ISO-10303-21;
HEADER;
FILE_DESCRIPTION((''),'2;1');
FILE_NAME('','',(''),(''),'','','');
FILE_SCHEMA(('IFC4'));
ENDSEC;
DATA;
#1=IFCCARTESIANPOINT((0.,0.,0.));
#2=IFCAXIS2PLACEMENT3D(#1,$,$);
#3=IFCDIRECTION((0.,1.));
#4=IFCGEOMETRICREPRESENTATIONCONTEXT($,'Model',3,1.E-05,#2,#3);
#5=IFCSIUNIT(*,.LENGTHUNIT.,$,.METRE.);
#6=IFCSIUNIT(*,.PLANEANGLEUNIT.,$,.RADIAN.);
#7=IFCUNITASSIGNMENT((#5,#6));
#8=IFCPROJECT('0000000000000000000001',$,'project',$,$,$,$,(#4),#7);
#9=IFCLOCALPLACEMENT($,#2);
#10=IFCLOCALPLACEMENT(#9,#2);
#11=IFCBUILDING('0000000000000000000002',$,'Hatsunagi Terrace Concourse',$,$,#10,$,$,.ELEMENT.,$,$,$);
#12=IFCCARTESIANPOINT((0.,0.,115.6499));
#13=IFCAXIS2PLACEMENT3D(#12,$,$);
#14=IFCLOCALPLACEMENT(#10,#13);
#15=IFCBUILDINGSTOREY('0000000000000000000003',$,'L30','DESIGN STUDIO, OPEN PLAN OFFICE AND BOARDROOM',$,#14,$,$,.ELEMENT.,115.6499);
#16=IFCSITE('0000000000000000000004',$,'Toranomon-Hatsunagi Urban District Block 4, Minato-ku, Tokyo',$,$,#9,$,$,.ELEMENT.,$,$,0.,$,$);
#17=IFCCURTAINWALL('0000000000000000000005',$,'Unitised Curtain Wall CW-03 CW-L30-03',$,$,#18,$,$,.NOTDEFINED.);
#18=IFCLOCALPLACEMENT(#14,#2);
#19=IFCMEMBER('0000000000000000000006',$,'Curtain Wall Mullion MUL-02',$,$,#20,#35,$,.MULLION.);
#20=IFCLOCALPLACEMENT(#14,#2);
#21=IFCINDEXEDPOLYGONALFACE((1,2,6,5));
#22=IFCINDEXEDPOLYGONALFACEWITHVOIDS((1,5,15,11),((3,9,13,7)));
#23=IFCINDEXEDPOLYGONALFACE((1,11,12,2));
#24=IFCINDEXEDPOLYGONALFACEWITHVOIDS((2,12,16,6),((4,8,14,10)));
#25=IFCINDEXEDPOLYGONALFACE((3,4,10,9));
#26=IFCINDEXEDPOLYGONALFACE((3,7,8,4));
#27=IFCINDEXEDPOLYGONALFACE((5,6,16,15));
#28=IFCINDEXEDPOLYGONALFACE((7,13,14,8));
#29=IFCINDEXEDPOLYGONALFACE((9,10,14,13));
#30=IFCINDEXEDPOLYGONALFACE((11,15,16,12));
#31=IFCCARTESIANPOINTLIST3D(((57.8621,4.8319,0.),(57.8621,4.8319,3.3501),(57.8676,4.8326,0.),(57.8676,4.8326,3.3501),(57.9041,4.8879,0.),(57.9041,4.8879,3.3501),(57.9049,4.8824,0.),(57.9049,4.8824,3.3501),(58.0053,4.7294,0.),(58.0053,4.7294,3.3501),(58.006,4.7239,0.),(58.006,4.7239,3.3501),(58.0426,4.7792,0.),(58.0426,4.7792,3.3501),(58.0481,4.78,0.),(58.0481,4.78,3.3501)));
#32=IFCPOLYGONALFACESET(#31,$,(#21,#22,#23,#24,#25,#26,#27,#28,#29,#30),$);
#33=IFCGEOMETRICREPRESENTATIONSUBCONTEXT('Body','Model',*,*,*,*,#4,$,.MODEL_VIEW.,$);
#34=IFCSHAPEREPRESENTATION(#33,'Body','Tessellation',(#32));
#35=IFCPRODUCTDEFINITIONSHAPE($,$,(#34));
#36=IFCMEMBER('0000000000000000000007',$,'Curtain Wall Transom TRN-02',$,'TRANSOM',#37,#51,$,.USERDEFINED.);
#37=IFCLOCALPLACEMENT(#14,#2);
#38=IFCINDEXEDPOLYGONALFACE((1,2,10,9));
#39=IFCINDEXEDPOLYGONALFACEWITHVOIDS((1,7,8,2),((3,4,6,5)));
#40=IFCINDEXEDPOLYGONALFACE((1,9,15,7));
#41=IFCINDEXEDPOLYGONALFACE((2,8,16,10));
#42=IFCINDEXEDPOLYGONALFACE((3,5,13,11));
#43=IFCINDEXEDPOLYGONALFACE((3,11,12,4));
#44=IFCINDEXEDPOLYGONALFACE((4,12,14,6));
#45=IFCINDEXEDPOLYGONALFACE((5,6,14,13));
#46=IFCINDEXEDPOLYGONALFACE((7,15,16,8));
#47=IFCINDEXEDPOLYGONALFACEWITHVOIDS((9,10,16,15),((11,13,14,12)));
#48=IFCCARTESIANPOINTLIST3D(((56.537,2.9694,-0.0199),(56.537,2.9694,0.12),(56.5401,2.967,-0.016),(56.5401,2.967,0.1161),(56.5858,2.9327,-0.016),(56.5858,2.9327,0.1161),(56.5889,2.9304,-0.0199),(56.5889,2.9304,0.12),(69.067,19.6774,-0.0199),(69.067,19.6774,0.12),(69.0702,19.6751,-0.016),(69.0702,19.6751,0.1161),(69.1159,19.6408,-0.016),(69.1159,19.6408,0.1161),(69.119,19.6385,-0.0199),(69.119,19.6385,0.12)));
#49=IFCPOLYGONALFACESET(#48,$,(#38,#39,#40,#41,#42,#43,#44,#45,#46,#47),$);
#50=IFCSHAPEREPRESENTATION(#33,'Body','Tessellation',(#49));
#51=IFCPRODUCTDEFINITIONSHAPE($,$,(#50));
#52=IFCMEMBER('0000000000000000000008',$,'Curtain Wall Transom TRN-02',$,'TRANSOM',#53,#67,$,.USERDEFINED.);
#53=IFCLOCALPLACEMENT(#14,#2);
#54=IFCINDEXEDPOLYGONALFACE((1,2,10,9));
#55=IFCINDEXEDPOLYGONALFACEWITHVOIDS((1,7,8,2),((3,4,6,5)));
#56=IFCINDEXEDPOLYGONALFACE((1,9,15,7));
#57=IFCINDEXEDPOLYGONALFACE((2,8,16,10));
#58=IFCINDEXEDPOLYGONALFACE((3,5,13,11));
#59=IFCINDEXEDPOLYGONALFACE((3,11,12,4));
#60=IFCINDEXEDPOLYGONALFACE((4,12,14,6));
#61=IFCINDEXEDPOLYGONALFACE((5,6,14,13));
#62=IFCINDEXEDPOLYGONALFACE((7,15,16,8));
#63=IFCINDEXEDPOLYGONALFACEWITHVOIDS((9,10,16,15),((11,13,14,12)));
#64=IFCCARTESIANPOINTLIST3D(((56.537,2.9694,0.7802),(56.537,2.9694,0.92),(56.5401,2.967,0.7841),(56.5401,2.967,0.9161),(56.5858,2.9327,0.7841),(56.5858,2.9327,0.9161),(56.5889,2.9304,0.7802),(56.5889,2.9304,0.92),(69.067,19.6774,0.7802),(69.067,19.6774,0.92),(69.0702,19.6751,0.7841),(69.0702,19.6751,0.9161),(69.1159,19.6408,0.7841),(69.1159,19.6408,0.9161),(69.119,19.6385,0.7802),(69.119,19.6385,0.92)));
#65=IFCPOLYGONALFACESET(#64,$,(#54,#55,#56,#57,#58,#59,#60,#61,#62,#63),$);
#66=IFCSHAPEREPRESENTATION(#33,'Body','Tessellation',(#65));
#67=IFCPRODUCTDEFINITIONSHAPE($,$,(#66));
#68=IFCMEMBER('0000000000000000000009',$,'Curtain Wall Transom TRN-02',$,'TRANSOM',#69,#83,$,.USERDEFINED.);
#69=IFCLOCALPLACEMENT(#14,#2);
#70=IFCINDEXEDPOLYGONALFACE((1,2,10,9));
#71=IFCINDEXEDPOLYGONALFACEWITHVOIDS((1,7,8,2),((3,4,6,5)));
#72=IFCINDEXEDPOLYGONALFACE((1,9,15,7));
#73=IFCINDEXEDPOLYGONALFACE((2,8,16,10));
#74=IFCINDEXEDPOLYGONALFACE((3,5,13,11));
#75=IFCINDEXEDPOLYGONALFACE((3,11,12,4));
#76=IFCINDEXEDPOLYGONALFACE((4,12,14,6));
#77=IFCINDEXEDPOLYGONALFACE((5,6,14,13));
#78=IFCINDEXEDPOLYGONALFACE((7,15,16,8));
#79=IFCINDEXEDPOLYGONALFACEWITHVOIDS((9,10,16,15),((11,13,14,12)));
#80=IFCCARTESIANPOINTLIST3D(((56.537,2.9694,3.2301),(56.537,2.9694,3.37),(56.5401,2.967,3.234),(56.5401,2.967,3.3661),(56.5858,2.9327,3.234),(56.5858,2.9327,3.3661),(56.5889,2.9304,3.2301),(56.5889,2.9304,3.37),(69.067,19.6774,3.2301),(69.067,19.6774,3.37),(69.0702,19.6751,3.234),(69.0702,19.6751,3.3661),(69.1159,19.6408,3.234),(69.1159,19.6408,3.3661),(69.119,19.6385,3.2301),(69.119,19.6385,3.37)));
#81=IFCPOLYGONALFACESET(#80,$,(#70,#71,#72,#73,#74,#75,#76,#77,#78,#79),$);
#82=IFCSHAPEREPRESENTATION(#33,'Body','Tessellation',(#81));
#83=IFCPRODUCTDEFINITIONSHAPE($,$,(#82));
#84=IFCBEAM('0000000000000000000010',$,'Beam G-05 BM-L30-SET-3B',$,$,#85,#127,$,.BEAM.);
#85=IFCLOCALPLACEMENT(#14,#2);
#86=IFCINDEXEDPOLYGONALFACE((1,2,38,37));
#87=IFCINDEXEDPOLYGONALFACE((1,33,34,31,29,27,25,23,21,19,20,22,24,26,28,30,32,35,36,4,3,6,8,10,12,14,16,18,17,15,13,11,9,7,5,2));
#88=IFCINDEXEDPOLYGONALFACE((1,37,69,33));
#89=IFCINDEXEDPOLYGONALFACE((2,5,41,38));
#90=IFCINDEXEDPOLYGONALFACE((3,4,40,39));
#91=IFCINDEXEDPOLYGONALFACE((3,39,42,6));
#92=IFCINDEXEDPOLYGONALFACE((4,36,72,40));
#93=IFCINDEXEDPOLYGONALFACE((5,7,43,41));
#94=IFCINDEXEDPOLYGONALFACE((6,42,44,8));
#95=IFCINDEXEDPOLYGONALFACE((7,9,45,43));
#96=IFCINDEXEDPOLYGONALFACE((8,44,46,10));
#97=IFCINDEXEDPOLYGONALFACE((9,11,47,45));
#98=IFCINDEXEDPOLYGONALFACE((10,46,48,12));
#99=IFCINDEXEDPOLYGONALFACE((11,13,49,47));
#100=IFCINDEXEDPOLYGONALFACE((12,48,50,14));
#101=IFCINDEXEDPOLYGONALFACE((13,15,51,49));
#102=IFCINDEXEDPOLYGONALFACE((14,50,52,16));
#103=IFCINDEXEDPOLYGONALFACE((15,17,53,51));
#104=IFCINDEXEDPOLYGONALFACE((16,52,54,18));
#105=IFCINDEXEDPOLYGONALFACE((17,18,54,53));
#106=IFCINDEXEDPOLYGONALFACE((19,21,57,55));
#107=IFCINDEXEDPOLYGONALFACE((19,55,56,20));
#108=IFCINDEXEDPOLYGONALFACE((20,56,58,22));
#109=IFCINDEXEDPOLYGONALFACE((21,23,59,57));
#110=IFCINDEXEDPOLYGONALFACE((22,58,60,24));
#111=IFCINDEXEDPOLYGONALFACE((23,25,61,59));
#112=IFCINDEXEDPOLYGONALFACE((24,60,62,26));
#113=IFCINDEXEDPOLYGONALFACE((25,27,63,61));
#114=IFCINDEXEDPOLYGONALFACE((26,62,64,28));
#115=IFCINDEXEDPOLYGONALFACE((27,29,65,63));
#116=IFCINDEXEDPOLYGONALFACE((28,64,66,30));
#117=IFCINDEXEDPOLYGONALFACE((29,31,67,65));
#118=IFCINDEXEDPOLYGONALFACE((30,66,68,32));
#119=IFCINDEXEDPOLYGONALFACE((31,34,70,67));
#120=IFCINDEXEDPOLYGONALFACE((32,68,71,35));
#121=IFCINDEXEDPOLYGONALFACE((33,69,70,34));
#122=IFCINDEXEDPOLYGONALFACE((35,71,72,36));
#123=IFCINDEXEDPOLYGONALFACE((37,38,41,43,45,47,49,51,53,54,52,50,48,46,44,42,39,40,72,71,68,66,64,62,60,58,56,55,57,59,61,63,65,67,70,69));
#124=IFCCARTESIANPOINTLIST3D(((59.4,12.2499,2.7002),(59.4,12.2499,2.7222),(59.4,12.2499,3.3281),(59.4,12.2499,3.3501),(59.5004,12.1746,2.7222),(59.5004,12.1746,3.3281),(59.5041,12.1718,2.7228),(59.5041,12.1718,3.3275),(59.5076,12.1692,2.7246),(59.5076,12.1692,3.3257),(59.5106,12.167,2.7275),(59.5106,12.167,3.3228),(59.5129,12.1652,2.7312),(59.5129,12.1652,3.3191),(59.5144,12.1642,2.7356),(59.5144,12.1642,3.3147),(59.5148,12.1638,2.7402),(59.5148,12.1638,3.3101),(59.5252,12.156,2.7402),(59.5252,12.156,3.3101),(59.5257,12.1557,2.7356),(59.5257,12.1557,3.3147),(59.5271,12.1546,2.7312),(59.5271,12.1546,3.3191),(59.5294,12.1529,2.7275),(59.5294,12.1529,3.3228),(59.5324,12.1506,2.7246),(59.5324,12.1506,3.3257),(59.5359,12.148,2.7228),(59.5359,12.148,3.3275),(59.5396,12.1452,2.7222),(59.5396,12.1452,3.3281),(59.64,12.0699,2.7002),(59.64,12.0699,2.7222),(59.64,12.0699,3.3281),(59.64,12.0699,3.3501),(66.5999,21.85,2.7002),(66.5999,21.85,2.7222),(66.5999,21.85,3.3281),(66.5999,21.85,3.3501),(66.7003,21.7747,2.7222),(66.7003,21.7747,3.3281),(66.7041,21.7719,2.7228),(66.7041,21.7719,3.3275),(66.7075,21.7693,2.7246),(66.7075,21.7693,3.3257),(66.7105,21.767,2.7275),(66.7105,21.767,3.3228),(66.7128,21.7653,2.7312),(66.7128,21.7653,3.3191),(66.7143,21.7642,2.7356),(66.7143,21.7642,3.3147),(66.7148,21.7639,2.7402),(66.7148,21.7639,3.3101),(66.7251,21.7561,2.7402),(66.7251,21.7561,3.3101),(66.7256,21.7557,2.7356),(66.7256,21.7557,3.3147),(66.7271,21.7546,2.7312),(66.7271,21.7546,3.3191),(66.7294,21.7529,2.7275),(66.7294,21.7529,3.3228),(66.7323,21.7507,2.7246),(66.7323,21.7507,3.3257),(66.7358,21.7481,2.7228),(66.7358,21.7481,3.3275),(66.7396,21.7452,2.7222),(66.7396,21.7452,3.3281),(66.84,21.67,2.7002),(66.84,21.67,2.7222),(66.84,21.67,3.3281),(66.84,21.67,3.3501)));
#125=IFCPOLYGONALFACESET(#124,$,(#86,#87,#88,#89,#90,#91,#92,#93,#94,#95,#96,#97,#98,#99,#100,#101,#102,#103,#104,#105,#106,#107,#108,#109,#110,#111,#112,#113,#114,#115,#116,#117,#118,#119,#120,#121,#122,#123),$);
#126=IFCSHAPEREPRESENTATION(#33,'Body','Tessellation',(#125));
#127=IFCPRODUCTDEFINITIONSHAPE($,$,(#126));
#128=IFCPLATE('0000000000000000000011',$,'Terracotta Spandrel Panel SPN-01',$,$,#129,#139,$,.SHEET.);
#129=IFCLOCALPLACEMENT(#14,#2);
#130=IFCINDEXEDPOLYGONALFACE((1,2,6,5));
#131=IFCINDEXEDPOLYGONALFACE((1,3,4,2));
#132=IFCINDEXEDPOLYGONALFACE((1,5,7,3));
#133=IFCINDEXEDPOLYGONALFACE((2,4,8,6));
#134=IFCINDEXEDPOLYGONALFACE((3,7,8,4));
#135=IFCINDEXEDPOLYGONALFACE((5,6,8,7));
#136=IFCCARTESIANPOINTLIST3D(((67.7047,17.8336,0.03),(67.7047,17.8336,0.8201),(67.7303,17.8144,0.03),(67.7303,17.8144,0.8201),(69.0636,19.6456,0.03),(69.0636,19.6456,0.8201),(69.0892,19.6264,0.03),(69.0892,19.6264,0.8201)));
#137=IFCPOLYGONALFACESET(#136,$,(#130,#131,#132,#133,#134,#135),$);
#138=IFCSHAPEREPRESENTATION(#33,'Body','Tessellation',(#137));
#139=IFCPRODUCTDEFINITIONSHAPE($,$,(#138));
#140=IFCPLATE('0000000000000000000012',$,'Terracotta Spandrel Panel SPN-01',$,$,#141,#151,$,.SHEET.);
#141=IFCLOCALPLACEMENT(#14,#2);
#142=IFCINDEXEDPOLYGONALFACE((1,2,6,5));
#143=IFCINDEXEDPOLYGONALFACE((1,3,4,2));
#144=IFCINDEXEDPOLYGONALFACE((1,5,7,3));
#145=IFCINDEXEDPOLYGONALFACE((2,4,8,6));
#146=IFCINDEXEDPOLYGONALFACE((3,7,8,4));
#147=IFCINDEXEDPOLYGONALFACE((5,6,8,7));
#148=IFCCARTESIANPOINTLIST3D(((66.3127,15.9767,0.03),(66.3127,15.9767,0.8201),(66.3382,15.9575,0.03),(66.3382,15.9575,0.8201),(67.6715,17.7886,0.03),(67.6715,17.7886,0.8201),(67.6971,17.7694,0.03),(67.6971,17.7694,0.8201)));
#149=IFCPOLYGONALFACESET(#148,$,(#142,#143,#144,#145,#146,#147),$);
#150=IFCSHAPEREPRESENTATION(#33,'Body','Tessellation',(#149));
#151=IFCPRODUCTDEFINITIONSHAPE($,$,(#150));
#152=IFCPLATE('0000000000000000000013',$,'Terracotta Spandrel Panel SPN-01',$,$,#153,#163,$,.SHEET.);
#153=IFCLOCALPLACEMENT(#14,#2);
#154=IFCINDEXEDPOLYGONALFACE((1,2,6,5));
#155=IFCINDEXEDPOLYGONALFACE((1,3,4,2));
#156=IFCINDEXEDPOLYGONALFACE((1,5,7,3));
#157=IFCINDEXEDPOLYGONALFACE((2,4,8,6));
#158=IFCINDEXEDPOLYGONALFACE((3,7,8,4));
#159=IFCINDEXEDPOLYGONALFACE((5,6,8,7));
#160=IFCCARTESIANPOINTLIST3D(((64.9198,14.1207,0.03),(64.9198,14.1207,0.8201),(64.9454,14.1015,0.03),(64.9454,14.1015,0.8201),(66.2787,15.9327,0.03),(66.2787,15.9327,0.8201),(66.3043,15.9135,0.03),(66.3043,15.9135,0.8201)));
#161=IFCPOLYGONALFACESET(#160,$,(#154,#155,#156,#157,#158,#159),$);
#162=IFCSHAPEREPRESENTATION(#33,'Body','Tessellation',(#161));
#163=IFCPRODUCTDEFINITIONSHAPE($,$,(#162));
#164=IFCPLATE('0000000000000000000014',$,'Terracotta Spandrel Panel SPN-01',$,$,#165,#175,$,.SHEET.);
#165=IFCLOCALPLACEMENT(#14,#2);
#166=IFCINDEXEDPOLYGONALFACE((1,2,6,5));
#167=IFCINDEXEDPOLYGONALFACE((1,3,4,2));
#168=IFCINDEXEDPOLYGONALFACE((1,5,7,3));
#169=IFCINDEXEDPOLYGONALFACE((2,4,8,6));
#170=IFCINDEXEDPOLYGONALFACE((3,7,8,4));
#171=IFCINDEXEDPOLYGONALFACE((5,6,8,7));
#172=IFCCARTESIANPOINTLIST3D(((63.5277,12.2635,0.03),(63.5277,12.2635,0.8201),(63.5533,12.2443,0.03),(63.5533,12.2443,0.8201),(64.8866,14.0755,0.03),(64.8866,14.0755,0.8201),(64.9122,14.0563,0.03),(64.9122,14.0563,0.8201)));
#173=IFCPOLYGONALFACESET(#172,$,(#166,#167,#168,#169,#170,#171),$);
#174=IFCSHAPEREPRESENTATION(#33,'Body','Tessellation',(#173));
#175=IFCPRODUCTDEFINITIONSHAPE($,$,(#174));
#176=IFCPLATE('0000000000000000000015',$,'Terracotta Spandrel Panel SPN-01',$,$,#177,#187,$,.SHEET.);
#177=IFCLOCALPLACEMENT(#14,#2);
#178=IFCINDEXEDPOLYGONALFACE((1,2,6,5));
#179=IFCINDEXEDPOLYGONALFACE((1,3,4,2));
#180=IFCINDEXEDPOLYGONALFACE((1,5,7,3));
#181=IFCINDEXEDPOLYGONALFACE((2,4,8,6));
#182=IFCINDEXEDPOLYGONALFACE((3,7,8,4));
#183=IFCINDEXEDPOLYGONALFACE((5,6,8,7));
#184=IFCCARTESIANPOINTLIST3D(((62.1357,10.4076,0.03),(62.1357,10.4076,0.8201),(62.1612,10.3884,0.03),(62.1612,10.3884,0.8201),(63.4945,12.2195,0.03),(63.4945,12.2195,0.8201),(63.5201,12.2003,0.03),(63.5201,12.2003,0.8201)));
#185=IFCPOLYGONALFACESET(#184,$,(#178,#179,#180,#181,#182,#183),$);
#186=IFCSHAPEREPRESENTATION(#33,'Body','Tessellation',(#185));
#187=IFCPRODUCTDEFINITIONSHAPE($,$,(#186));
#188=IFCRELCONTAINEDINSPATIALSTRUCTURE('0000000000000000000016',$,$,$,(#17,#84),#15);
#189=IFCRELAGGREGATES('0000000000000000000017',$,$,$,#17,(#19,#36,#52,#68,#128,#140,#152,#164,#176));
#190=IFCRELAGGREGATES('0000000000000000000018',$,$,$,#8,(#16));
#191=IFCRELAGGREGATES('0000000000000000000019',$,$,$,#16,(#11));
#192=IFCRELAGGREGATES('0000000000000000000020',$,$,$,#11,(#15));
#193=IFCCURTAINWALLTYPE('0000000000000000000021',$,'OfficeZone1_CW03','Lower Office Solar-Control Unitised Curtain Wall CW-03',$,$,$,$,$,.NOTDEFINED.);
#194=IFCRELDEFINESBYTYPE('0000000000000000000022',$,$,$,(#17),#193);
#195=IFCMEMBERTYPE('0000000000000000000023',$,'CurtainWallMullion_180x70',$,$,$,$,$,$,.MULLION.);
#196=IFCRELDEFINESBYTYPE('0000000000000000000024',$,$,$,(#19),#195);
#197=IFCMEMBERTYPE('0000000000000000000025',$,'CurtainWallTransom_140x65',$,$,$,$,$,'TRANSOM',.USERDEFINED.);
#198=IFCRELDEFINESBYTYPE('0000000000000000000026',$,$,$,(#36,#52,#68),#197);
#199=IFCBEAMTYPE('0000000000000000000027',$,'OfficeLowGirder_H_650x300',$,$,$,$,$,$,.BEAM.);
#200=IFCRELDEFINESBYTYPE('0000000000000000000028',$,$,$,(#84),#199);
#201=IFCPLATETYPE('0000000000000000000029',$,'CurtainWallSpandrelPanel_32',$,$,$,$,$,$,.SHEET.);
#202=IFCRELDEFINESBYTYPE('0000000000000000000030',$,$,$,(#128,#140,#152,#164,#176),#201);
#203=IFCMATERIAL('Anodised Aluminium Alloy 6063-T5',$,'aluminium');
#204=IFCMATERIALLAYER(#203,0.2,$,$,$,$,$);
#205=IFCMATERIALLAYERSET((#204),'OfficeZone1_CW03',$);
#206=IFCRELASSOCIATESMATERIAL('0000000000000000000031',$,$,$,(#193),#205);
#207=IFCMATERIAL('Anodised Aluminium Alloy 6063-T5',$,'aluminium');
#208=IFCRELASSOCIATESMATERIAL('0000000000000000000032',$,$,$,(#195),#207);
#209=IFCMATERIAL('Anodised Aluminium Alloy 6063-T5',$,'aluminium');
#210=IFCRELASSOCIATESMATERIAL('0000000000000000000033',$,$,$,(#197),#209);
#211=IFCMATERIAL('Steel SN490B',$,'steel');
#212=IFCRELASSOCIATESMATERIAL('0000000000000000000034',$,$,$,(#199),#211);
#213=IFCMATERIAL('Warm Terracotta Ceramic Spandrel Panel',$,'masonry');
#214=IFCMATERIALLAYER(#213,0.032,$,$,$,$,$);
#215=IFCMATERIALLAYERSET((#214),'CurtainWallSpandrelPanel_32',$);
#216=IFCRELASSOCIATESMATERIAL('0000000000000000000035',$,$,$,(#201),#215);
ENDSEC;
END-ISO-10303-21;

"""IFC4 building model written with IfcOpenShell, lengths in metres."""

from ifc_helpers import new_model, si_unit, direction, frame, origin, origin_2d, place, context, subcontext, project, spatial, rectangle, hollow_rectangle, i_section, extrude, material, layer, layer_set, material_profile, profile_set, type_object, element, aggregate, save


model = new_model("IFC4")

# Units and contexts
model_context = context("Model", 3, precision=1e-05, world=origin(), true_north=direction((0.0, 1.0)))
body_context = subcontext(model_context, "Body", "Model", "MODEL_VIEW")
ifc_project = project(units=[si_unit("LENGTHUNIT", "METRE"), si_unit("PLANEANGLEUNIT", "RADIAN")], contexts=[model_context])

# Site, building, storey
site_placement = place(None, origin())
site = spatial("IfcSite", under=ifc_project, at=site_placement, Name="Toranomon-Hatsunagi Urban District Block 4, Minato-ku, Tokyo", CompositionType="ELEMENT", RefElevation=0.0)
building_placement = place(site_placement, origin())
building = spatial("IfcBuilding", under=site, at=building_placement, Name="Hatsunagi Terrace Concourse", CompositionType="ELEMENT")
storey_placement = place(building_placement, frame((0.0, 0.0, 115.6499)))
storey = spatial("IfcBuildingStorey", under=building, at=storey_placement, Name="L30", Description="DESIGN STUDIO, OPEN PLAN OFFICE AND BOARDROOM", CompositionType="ELEMENT", Elevation=115.6499)

# Curtain wall, members
ifc_material_1 = material(Name="Anodised Aluminium Alloy 6063-T5", Category="aluminium")
ifc_layer_1 = layer(ifc_material_1, 0.2)
ifc_layer_set_1 = layer_set([ifc_layer_1], Name="OfficeZone1_CW03")
curtain_wall_type = type_object("IfcCurtainWallType", Name="OfficeZone1_CW03", Description="Lower Office Solar-Control Unitised Curtain Wall CW-03", PredefinedType="NOTDEFINED", material=ifc_layer_set_1)
curtain_wall_placement = place(storey_placement, origin())
curtain_wall = element("IfcCurtainWall", 1, at=curtain_wall_placement, inside=storey, type_object=curtain_wall_type, Name="Unitised Curtain Wall CW-03 CW-L30-03", PredefinedType="NOTDEFINED")
ifc_material_2 = material(Name="Anodised Aluminium Alloy 6063-T5", Category="aluminium")
ifc_material_profile_1 = material_profile(ifc_material_2, hollow_rectangle(XDim=0.0701, YDim=0.1799, WallThickness=0.0039, at=origin_2d()), Name="ALU-MUL-180x70x4")
ifc_profile_set_1 = profile_set([ifc_material_profile_1], Name="Anodised Aluminium Alloy 6063-T5")
member_type_1 = type_object("IfcMemberType", Name="CurtainWallMullion_180x70", PredefinedType="MULLION", material=ifc_profile_set_1)
member_1_placement = place(storey_placement, frame((57.9551, 4.8059, 0.0), z_axis=(0.0, 0.0, 1.0), x_axis=(-0.599969, -0.800023, 0.0)))
member_1 = element("IfcMember", 2, at=member_1_placement, type_object=member_type_1, Name="Curtain Wall Mullion MUL-02", PredefinedType="MULLION", context=body_context, shape_type="SweptSolid", body=[
    extrude(hollow_rectangle(XDim=0.0701, YDim=0.1799, WallThickness=0.0039, at=origin_2d()), origin(), (0.0, 0.0, 1.0), 3.3501),
])
ifc_material_3 = material(Name="Anodised Aluminium Alloy 6063-T5", Category="aluminium")
ifc_material_profile_2 = material_profile(ifc_material_3, hollow_rectangle(XDim=0.0649, YDim=0.1399, WallThickness=0.0039, at=origin_2d()), Name="ALU-TRN-140x65x4")
ifc_profile_set_2 = profile_set([ifc_material_profile_2], Name="Anodised Aluminium Alloy 6063-T5")
member_type_2 = type_object("IfcMemberType", Name="CurtainWallTransom_140x65", ElementType="TRANSOM", PredefinedType="USERDEFINED", material=ifc_profile_set_2)
member_2_placement = place(storey_placement, frame((69.093, 19.658, 0.05), z_axis=(-0.59997, -0.800022, 0.0), x_axis=(0.800022, -0.59997, 0.0)))
member_2 = element("IfcMember", 3, at=member_2_placement, type_object=member_type_2, Name="Curtain Wall Transom TRN-02", ObjectType="TRANSOM", PredefinedType="USERDEFINED", context=body_context, shape_type="SweptSolid", body=[
    extrude(hollow_rectangle(XDim=0.0649, YDim=0.1399, WallThickness=0.0039, at=origin_2d()), origin(), (0.0, 0.0, 1.0), 20.8845),
])
member_3_placement = place(storey_placement, frame((69.093, 19.658, 0.8501), z_axis=(-0.59997, -0.800022, 0.0), x_axis=(0.800022, -0.59997, 0.0)))
member_3 = element("IfcMember", 4, at=member_3_placement, type_object=member_type_2, Name="Curtain Wall Transom TRN-02", ObjectType="TRANSOM", PredefinedType="USERDEFINED", context=body_context, shape_type="SweptSolid", body=[
    extrude(hollow_rectangle(XDim=0.0649, YDim=0.1399, WallThickness=0.0039, at=origin_2d()), origin(), (0.0, 0.0, 1.0), 20.8845),
])
member_4_placement = place(storey_placement, frame((69.093, 19.658, 3.3), z_axis=(-0.59997, -0.800022, 0.0), x_axis=(0.800022, -0.59997, 0.0)))
member_4 = element("IfcMember", 5, at=member_4_placement, type_object=member_type_2, Name="Curtain Wall Transom TRN-02", ObjectType="TRANSOM", PredefinedType="USERDEFINED", context=body_context, shape_type="SweptSolid", body=[
    extrude(hollow_rectangle(XDim=0.0649, YDim=0.1399, WallThickness=0.0039, at=origin_2d()), origin(), (0.0, 0.0, 1.0), 20.8845),
])

# Beam
ifc_material_4 = material(Name="Steel SN490B", Category="steel")
ifc_material_profile_3 = material_profile(ifc_material_4, i_section(OverallWidth=0.3, OverallDepth=0.6499, WebThickness=0.0129, FlangeThickness=0.022, FilletRadius=0.0181, at=origin_2d()), Name="H-650x300x13x22")
ifc_profile_set_3 = profile_set([ifc_material_profile_3], Name="Steel SN490B")
beam_type = type_object("IfcBeamType", Name="OfficeLowGirder_H_650x300", PredefinedType="BEAM", material=ifc_profile_set_3)
beam_placement = place(storey_placement, frame((59.52, 12.1599, 3.0251), z_axis=(0.599993, 0.800005, 0.0), x_axis=(-0.800005, 0.599993, 0.0)))
element("IfcBeam", 6, at=beam_placement, inside=storey, type_object=beam_type, Name="Beam G-05 BM-L30-SET-3B", PredefinedType="BEAM", context=body_context, shape_type="SweptSolid", body=[
    extrude(i_section(OverallWidth=0.3, OverallDepth=0.6499, WebThickness=0.0129, FlangeThickness=0.022, FilletRadius=0.0181, at=origin_2d()), origin(), (0.0, 0.0, 1.0), 12.0),
])

# Plates
ifc_material_5 = material(Name="Warm Terracotta Ceramic Spandrel Panel", Category="masonry")
ifc_layer_2 = layer(ifc_material_5, 0.032)
ifc_layer_set_2 = layer_set([ifc_layer_2], Name="CurtainWallSpandrelPanel_32")
plate_type_1 = type_object("IfcPlateType", Name="CurtainWallSpandrelPanel_32", PredefinedType="SHEET", material=ifc_layer_set_2)
plate_1_placement = place(storey_placement, frame((68.397, 18.73, 0.03), z_axis=(0.0, 0.0, 1.0), x_axis=(-0.599969, -0.800023, 0.0)))
plate_1 = element("IfcPlate", 7, at=plate_1_placement, type_object=plate_type_1, Name="Terracotta Spandrel Panel SPN-01", PredefinedType="SHEET", context=body_context, shape_type="SweptSolid", body=[
    extrude(rectangle(XDim=2.2649, YDim=0.032, at=origin_2d()), origin(), (0.0, 0.0, 1.0), 0.79),
])
plate_2_placement = place(storey_placement, frame((67.0049, 16.873, 0.03), z_axis=(0.0, 0.0, 1.0), x_axis=(-0.599969, -0.800023, 0.0)))
plate_2 = element("IfcPlate", 8, at=plate_2_placement, type_object=plate_type_1, Name="Terracotta Spandrel Panel SPN-01", PredefinedType="SHEET", context=body_context, shape_type="SweptSolid", body=[
    extrude(rectangle(XDim=2.2649, YDim=0.032, at=origin_2d()), origin(), (0.0, 0.0, 1.0), 0.79),
])
plate_3_placement = place(storey_placement, frame((65.6121, 15.0171, 0.03), z_axis=(0.0, 0.0, 1.0), x_axis=(-0.599969, -0.800023, 0.0)))
plate_3 = element("IfcPlate", 9, at=plate_3_placement, type_object=plate_type_1, Name="Terracotta Spandrel Panel SPN-01", PredefinedType="SHEET", context=body_context, shape_type="SweptSolid", body=[
    extrude(rectangle(XDim=2.2649, YDim=0.032, at=origin_2d()), origin(), (0.0, 0.0, 1.0), 0.79),
])
plate_4_placement = place(storey_placement, frame((64.22, 13.1599, 0.03), z_axis=(0.0, 0.0, 1.0), x_axis=(-0.599969, -0.800023, 0.0)))
plate_4 = element("IfcPlate", 10, at=plate_4_placement, type_object=plate_type_1, Name="Terracotta Spandrel Panel SPN-01", PredefinedType="SHEET", context=body_context, shape_type="SweptSolid", body=[
    extrude(rectangle(XDim=2.2649, YDim=0.032, at=origin_2d()), origin(), (0.0, 0.0, 1.0), 0.79),
])
plate_5_placement = place(storey_placement, frame((62.8279, 11.304, 0.03), z_axis=(0.0, 0.0, 1.0), x_axis=(-0.599969, -0.800023, 0.0)))
plate_5 = element("IfcPlate", 11, at=plate_5_placement, type_object=plate_type_1, Name="Terracotta Spandrel Panel SPN-01", PredefinedType="SHEET", context=body_context, shape_type="SweptSolid", body=[
    extrude(rectangle(XDim=2.2649, YDim=0.032, at=origin_2d()), origin(), (0.0, 0.0, 1.0), 0.79),
])
aggregate(curtain_wall, [member_1, member_2, member_3, member_4, plate_1, plate_2, plate_3, plate_4, plate_5])

save(model, "model.ifc")
